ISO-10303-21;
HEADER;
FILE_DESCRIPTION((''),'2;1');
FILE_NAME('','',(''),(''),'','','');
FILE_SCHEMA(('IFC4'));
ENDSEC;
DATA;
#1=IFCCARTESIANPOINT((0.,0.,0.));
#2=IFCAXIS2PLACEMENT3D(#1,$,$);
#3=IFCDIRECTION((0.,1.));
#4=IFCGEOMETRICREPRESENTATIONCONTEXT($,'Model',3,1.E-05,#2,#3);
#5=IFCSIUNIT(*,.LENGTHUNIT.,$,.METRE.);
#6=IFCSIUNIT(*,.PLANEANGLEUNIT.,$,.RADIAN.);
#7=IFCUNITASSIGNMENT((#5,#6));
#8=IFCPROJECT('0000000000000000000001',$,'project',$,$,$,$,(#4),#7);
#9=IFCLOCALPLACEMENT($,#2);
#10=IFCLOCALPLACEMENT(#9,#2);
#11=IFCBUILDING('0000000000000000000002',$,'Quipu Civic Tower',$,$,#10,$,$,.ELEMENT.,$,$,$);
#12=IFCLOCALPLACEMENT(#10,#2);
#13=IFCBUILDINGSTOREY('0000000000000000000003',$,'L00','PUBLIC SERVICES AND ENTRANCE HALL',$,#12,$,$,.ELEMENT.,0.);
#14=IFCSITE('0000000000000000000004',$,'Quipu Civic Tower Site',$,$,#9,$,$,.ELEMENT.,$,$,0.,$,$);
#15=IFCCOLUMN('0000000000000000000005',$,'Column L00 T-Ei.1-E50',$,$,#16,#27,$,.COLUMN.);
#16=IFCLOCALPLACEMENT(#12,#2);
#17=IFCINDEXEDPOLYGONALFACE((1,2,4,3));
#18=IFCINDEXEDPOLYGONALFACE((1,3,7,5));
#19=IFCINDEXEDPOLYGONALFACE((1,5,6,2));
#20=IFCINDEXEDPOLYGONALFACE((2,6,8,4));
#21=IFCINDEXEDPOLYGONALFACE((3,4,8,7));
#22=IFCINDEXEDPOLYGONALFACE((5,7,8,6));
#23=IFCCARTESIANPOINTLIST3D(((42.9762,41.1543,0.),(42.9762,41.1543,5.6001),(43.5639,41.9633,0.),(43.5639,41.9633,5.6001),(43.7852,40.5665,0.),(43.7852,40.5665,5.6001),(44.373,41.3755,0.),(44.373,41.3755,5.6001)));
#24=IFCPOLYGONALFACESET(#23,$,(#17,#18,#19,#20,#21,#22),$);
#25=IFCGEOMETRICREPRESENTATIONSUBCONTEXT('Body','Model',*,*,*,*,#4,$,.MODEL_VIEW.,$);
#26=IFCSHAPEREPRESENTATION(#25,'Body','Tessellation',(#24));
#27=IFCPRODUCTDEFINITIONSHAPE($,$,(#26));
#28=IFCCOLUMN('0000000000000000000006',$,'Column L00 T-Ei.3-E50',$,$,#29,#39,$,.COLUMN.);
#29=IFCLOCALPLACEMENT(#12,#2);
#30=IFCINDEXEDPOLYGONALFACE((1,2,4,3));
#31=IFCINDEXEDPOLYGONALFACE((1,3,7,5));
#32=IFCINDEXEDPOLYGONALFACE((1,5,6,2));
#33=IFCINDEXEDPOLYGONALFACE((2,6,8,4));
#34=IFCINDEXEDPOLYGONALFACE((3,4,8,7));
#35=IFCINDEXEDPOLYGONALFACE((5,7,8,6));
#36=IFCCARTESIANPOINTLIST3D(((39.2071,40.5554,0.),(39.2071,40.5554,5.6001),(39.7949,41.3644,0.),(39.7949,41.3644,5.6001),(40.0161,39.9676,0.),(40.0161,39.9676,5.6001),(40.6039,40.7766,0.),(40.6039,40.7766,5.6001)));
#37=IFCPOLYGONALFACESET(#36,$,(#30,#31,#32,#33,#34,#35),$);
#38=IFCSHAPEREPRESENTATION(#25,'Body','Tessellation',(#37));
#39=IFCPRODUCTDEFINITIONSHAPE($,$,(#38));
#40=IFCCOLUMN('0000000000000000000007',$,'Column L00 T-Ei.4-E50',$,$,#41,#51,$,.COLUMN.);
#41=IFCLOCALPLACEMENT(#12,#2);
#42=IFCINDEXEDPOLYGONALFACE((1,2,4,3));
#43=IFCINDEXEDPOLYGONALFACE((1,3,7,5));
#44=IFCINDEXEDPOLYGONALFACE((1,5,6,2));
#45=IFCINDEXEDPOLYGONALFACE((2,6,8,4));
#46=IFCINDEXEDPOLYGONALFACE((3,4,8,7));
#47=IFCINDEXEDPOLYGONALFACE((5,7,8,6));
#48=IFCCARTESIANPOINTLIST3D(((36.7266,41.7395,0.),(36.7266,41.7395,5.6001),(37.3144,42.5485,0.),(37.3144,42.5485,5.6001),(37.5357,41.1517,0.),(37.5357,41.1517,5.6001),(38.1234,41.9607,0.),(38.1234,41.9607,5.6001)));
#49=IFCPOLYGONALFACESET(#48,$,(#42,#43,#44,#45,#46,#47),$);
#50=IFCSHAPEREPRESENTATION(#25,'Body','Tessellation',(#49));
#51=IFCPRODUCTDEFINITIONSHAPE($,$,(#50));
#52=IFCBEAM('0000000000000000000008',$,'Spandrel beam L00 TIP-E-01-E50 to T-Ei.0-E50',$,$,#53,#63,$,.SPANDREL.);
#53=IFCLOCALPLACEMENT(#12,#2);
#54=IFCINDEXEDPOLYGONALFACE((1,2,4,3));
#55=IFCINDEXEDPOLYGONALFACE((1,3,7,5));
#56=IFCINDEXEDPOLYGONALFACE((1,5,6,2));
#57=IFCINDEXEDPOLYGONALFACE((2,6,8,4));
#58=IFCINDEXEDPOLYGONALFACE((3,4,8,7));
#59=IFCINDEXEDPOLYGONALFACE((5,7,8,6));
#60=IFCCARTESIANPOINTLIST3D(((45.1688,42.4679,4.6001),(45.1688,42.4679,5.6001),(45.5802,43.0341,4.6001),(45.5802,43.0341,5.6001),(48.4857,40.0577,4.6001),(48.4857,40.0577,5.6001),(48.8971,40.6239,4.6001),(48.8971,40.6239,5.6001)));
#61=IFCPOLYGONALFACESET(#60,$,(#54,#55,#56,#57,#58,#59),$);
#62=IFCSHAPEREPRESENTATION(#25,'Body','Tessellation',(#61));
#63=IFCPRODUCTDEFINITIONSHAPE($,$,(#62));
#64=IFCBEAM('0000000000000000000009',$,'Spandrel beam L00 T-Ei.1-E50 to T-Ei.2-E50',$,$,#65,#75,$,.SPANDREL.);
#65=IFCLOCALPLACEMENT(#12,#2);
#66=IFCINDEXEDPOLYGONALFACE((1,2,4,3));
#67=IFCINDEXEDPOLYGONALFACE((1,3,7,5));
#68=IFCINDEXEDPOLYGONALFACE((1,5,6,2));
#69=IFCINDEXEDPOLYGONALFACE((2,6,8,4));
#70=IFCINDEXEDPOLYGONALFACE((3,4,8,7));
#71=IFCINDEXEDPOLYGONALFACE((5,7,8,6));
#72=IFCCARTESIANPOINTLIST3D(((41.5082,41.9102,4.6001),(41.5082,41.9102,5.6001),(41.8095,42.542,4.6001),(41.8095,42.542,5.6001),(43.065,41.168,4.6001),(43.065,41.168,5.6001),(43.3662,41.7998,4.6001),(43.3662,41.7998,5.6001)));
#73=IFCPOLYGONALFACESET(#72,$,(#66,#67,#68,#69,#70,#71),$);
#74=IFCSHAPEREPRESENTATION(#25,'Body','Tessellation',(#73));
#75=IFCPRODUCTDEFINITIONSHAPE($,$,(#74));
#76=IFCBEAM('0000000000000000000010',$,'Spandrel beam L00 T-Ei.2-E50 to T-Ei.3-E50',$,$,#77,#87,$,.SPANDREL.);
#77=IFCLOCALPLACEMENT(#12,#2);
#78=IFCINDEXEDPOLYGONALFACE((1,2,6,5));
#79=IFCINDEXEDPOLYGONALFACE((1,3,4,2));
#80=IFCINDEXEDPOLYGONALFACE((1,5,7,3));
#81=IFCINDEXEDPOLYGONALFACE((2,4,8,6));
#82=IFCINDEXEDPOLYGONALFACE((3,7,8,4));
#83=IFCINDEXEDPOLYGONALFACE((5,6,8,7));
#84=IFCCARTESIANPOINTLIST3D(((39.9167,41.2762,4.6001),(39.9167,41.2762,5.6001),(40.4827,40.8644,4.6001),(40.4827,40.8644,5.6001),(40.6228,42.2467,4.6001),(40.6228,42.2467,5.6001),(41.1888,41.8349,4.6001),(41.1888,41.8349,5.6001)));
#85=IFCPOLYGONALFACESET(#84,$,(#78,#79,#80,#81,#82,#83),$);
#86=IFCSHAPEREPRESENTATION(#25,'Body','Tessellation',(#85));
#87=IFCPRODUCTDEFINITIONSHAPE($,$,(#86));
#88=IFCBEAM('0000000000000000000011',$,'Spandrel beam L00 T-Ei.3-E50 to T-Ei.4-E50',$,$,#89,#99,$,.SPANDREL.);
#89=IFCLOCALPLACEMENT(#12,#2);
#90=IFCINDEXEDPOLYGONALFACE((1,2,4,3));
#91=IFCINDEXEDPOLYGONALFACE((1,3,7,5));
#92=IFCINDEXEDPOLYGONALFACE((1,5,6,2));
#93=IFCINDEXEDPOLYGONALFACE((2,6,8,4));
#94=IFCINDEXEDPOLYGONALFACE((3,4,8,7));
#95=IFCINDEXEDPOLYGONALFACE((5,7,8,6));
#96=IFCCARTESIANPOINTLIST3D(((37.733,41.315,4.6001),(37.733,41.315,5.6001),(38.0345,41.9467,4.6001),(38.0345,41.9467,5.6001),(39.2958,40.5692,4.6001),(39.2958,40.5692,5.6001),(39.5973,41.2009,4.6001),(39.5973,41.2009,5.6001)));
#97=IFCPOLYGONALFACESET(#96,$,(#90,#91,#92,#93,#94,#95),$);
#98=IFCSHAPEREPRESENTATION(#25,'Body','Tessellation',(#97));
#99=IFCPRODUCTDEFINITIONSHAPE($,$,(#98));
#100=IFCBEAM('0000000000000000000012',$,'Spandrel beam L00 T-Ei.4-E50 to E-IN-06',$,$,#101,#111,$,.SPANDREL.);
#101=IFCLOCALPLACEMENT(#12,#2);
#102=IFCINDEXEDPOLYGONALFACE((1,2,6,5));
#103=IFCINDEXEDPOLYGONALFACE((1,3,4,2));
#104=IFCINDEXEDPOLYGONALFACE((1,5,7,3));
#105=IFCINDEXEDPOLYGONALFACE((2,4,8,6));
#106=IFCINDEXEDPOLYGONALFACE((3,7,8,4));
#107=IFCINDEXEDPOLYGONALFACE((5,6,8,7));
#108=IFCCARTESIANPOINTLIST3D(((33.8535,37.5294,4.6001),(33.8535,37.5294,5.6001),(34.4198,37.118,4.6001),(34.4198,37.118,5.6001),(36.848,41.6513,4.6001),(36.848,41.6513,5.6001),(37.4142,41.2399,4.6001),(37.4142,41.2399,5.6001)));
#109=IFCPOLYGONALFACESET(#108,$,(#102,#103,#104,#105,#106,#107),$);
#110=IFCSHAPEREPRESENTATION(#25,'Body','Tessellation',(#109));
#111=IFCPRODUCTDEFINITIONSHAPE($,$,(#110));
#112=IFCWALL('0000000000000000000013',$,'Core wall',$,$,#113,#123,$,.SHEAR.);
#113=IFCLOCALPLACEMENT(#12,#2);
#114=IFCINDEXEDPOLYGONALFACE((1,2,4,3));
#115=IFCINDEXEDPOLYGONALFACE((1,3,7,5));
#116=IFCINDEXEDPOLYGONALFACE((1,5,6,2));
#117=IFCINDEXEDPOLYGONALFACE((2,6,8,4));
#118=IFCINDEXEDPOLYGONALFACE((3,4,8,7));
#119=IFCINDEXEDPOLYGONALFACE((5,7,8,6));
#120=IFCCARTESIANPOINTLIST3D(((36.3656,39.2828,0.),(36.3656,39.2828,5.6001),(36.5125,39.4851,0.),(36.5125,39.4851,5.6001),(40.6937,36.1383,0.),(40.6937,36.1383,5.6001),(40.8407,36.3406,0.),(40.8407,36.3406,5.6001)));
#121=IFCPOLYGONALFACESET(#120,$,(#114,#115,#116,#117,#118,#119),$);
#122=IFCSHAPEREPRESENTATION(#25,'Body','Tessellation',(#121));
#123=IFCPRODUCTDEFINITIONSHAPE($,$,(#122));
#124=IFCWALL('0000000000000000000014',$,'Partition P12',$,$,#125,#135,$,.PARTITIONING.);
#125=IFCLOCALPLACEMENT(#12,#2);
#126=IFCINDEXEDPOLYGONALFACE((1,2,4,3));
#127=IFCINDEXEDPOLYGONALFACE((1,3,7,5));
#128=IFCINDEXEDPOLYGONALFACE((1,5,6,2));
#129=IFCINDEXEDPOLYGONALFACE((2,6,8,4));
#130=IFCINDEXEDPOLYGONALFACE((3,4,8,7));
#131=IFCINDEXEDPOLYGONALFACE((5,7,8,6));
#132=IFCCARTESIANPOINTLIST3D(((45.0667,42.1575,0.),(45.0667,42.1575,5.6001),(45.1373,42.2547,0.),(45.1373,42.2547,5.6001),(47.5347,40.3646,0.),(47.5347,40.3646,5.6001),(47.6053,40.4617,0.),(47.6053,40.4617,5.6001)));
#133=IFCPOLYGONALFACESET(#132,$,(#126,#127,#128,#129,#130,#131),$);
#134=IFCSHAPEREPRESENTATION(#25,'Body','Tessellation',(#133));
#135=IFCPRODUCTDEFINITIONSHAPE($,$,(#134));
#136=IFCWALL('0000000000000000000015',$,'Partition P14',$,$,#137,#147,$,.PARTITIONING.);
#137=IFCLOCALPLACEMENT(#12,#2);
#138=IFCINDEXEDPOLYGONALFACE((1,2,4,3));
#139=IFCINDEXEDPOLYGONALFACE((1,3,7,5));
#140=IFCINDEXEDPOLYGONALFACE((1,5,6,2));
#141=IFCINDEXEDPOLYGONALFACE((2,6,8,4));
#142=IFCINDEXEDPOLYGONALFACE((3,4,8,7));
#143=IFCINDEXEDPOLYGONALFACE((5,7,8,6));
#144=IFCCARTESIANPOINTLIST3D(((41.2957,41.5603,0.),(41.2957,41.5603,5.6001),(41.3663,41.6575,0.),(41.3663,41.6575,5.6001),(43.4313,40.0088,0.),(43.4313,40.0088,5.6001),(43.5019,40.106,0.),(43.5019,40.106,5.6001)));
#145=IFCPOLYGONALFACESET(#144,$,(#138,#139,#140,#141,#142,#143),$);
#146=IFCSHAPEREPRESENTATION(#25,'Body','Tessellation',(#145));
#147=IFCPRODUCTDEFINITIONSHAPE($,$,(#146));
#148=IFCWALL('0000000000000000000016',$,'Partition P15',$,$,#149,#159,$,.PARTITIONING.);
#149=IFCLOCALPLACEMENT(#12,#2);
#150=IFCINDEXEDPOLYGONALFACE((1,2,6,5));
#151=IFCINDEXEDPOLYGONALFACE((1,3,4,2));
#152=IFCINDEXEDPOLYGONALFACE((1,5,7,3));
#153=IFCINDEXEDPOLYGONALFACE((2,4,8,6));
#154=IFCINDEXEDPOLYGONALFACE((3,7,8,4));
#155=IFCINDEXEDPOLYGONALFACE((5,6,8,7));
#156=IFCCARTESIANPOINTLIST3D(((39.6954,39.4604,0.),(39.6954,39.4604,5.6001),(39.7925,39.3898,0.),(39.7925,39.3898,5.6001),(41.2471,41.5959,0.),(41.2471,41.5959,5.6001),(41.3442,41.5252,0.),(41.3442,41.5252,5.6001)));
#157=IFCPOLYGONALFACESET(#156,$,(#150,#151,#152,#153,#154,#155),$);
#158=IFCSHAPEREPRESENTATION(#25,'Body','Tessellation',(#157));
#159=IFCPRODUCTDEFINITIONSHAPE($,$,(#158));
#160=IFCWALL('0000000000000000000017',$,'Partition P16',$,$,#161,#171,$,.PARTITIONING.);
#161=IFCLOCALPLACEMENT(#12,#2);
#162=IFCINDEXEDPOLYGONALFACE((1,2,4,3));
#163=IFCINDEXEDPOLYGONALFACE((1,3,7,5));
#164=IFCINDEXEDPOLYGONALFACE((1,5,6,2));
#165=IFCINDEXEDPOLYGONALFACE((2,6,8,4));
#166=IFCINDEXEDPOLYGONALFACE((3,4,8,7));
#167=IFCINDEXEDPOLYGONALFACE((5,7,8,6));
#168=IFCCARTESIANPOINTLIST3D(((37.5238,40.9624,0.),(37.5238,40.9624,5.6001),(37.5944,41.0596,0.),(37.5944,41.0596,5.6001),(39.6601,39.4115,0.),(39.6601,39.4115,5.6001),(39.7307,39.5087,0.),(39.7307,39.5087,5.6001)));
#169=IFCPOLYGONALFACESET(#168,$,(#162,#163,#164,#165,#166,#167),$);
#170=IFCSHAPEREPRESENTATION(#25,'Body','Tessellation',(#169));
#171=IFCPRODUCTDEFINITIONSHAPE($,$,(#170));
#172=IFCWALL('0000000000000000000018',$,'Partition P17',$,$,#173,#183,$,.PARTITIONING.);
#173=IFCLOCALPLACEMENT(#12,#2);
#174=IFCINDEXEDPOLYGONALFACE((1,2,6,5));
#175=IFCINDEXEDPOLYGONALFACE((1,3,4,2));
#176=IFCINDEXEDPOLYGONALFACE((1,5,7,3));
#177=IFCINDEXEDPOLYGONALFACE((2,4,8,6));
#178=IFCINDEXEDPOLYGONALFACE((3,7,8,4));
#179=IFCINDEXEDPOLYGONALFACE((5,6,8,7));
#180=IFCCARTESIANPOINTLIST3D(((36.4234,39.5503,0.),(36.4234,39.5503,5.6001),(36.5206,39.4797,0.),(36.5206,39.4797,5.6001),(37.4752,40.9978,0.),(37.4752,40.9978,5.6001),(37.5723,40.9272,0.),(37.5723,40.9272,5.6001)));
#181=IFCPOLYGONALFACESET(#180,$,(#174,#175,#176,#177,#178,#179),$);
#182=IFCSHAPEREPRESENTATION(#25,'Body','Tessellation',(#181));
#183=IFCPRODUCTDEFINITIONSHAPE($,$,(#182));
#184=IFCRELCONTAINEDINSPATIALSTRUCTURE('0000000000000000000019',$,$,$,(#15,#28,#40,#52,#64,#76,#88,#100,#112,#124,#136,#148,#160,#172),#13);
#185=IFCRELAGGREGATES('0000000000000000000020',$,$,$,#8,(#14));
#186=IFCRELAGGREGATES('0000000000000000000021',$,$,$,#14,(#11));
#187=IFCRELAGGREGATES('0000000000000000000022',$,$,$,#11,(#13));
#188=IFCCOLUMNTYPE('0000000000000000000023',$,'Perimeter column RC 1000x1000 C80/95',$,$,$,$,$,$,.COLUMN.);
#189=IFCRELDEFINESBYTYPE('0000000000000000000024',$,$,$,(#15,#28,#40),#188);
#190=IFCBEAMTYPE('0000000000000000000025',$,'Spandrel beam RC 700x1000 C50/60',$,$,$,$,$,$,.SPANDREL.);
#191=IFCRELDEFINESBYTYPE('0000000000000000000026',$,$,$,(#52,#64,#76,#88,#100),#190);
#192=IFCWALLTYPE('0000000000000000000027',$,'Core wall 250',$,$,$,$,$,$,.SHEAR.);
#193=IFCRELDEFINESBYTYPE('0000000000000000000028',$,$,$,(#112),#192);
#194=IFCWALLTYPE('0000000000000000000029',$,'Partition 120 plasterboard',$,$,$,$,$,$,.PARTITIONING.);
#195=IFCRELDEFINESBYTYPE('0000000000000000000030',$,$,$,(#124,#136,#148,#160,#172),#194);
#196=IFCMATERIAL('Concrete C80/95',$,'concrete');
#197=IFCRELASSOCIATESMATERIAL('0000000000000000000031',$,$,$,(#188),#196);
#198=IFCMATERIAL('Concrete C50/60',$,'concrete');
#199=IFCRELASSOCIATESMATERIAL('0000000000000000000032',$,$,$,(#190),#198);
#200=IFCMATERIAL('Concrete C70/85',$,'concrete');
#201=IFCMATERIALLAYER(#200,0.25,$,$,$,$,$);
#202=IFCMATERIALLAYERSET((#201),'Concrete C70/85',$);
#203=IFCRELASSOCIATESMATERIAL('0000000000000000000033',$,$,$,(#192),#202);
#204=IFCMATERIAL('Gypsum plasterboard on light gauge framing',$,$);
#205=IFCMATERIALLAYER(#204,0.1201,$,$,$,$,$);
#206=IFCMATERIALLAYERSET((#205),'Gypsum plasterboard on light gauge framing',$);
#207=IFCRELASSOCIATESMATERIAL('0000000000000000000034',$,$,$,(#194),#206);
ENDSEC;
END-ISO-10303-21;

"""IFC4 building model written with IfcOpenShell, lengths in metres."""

from ifc_helpers import new_model, si_unit, direction, frame, frame_2d, origin, origin_2d, place, context, subcontext, project, spatial, rectangle, extrude, material, layer, layer_set, material_profile, profile_set, type_object, element, save


model = new_model("IFC4")

# Units and contexts
model_context = context("Model", 3, precision=1e-05, world=origin(), true_north=direction((0.0, 1.0)))
body_context = subcontext(model_context, "Body", "Model", "MODEL_VIEW")
ifc_project = project(units=[si_unit("LENGTHUNIT", "METRE"), si_unit("PLANEANGLEUNIT", "RADIAN")], contexts=[model_context])

# Site, building, storey
site_placement = place(None, origin())
site = spatial("IfcSite", under=ifc_project, at=site_placement, Name="Quipu Civic Tower Site", CompositionType="ELEMENT", RefElevation=0.0)
building_placement = place(site_placement, origin())
building = spatial("IfcBuilding", under=site, at=building_placement, Name="Quipu Civic Tower", CompositionType="ELEMENT")
storey_placement = place(building_placement, origin())
storey = spatial("IfcBuildingStorey", under=building, at=storey_placement, Name="L00", Description="PUBLIC SERVICES AND ENTRANCE HALL", CompositionType="ELEMENT", Elevation=0.0)

# Columns
ifc_material_1 = material(Name="Concrete C80/95", Category="concrete")
ifc_material_profile_1 = material_profile(ifc_material_1, rectangle(XDim=1.0, YDim=1.0, at=origin_2d()), Name="RC1000x1000")
ifc_profile_set_1 = profile_set([ifc_material_profile_1], Name="Concrete C80/95")
column_type = type_object("IfcColumnType", Name="Perimeter column RC 1000x1000 C80/95", PredefinedType="COLUMN", material=ifc_profile_set_1)
for number, where, z_axis, x_axis, name in (
    (1, (43.6746, 41.2649, 0.0), (0.0, 0.0, 1.0), (-0.809017, 0.587785, 0.0), "Column L00 T-Ei.1-E50"),
    (2, (39.9055, 40.666, 0.0), (0.0, 0.0, 1.0), (-0.587785, -0.809017, 0.0), "Column L00 T-Ei.3-E50"),
    (3, (37.425, 41.8501, 0.0), (0.0, 0.0, 1.0), (-0.587785, -0.809017, 0.0), "Column L00 T-Ei.4-E50"),
):
    element("IfcColumn", number, at=place(storey_placement, frame(where, z_axis=z_axis, x_axis=x_axis)), inside=storey, type_object=column_type, Name=name, PredefinedType="COLUMN", context=body_context, shape_type="SweptSolid", body=[
        extrude(rectangle(XDim=1.0, YDim=1.0, at=origin_2d()), origin(), (0.0, 0.0, 1.0), 5.6001),
    ])

# Beams
ifc_material_2 = material(Name="Concrete C50/60", Category="concrete")
ifc_material_profile_2 = material_profile(ifc_material_2, rectangle(XDim=0.7, YDim=1.0, at=origin_2d()), Name="RC700x1000")
ifc_profile_set_2 = profile_set([ifc_material_profile_2], Name="Concrete C50/60")
beam_type = type_object("IfcBeamType", Name="Spandrel beam RC 700x1000 C50/60", PredefinedType="SPANDREL", material=ifc_profile_set_2)
beam_1_placement = place(storey_placement, frame((48.6914, 40.3408, 5.1001), z_axis=(-0.808983, 0.587832, 0.0), x_axis=(-0.587832, -0.808983, 0.0)))
element("IfcBeam", 4, at=beam_1_placement, inside=storey, type_object=beam_type, Name="Spandrel beam L00 TIP-E-01-E50 to T-Ei.0-E50", PredefinedType="SPANDREL", context=body_context, shape_type="SweptSolid", body=[
    extrude(rectangle(XDim=0.7, YDim=1.0, at=origin_2d()), origin(), (0.0, 0.0, 1.0), 4.1001),
])
beam_2_placement = place(storey_placement, frame((43.2156, 41.4839, 5.1001), z_axis=(-0.902651, 0.430373, 0.0), x_axis=(-0.430373, -0.902651, 0.0)))
element("IfcBeam", 5, at=beam_2_placement, inside=storey, type_object=beam_type, Name="Spandrel beam L00 T-Ei.1-E50 to T-Ei.2-E50", PredefinedType="SPANDREL", context=body_context, shape_type="SweptSolid", body=[
    extrude(rectangle(XDim=0.7, YDim=1.0, at=origin_2d()), origin(), (0.0, 0.0, 1.0), 1.7246),
])
beam_3_placement = place(storey_placement, frame((40.9058, 42.0408, 5.1001), z_axis=(-0.588317, -0.808631, 0.0), x_axis=(0.808631, -0.588317, 0.0)))
element("IfcBeam", 6, at=beam_3_placement, inside=storey, type_object=beam_type, Name="Spandrel beam L00 T-Ei.2-E50 to T-Ei.3-E50", PredefinedType="SPANDREL", context=body_context, shape_type="SweptSolid", body=[
    extrude(rectangle(XDim=0.7, YDim=1.0, at=origin_2d()), origin(), (0.0, 0.0, 1.0), 1.2002),
])
beam_4_placement = place(storey_placement, frame((39.4465, 40.885, 5.1001), z_axis=(-0.902482, 0.430727, 0.0), x_axis=(-0.430727, -0.902482, 0.0)))
element("IfcBeam", 7, at=beam_4_placement, inside=storey, type_object=beam_type, Name="Spandrel beam L00 T-Ei.3-E50 to T-Ei.4-E50", PredefinedType="SPANDREL", context=body_context, shape_type="SweptSolid", body=[
    extrude(rectangle(XDim=0.7, YDim=1.0, at=origin_2d()), origin(), (0.0, 0.0, 1.0), 1.7317),
])
beam_5_placement = place(storey_placement, frame((37.1311, 41.4456, 5.1001), z_axis=(-0.587747, -0.809045, 0.0), x_axis=(0.809045, -0.587747, 0.0)))
element("IfcBeam", 8, at=beam_5_placement, inside=storey, type_object=beam_type, Name="Spandrel beam L00 T-Ei.4-E50 to E-IN-06", PredefinedType="SPANDREL", context=body_context, shape_type="SweptSolid", body=[
    extrude(rectangle(XDim=0.7, YDim=1.0, at=origin_2d()), origin(), (0.0, 0.0, 1.0), 5.0947),
])

# Walls
ifc_material_3 = material(Name="Concrete C70/85", Category="concrete")
ifc_layer_1 = layer(ifc_material_3, 0.25)
ifc_layer_set_1 = layer_set([ifc_layer_1], Name="Concrete C70/85")
wall_type_1 = type_object("IfcWallType", Name="Core wall 250", PredefinedType="SHEAR", material=ifc_layer_set_1)
wall_1_placement = place(storey_placement, frame((40.7671, 36.2395, 0.0), z_axis=(0.0, 0.0, 1.0), x_axis=(-0.80902, 0.587781, 0.0)))
element("IfcWall", 9, at=wall_1_placement, inside=storey, type_object=wall_type_1, Name="Core wall", PredefinedType="SHEAR", context=body_context, shape_type="SweptSolid", body=[
    extrude(rectangle(XDim=5.3499, YDim=0.25, at=frame_2d((2.6748, 0.0))), origin(), (0.0, 0.0, 1.0), 5.6001),
])
ifc_material_4 = material(Name="Gypsum plasterboard on light gauge framing")
ifc_layer_2 = layer(ifc_material_4, 0.1201)
ifc_layer_set_2 = layer_set([ifc_layer_2], Name="Gypsum plasterboard on light gauge framing")
wall_type_2 = type_object("IfcWallType", Name="Partition 120 plasterboard", PredefinedType="PARTITIONING", material=ifc_layer_set_2)
wall_2_placement = place(storey_placement, frame((47.5701, 40.4131, 0.0), z_axis=(0.0, 0.0, 1.0), x_axis=(-0.809041, 0.587753, 0.0)))
element("IfcWall", 10, at=wall_2_placement, inside=storey, type_object=wall_type_2, Name="Partition P12", PredefinedType="PARTITIONING", context=body_context, shape_type="SweptSolid", body=[
    extrude(rectangle(XDim=3.0505, YDim=0.1201, at=frame_2d((1.5254, 0.0))), origin(), (0.0, 0.0, 1.0), 5.6001),
])
for number, where, z_axis, x_axis, name in (
    (11, (43.4666, 40.0574, 0.0), (0.0, 0.0, 1.0), (-0.80902, 0.587781, 0.0), "Partition P14"),
    (12, (41.2957, 41.5605, 0.0), (0.0, 0.0, 1.0), (-0.587842, -0.808976, 0.0), "Partition P15"),
):
    element("IfcWall", number, at=place(storey_placement, frame(where, z_axis=z_axis, x_axis=x_axis)), inside=storey, type_object=wall_type_2, Name=name, PredefinedType="PARTITIONING", context=body_context, shape_type="SweptSolid", body=[
        extrude(rectangle(XDim=2.6396, YDim=0.1201, at=frame_2d((1.3198, 0.0))), origin(), (0.0, 0.0, 1.0), 5.6001),
    ])
wall_3_placement = place(storey_placement, frame((39.6953, 39.4602, 0.0), z_axis=(0.0, 0.0, 1.0), x_axis=(-0.809248, 0.587468, 0.0)))
element("IfcWall", 13, at=wall_3_placement, inside=storey, type_object=wall_type_2, Name="Partition P16", PredefinedType="PARTITIONING", context=body_context, shape_type="SweptSolid", body=[
    extrude(rectangle(XDim=2.6399, YDim=0.1201, at=frame_2d((1.3198, 0.0))), origin(), (0.0, 0.0, 1.0), 5.6001),
])
wall_4_placement = place(storey_placement, frame((37.5237, 40.9624, 0.0), z_axis=(0.0, 0.0, 1.0), x_axis=(-0.587815, -0.808996, 0.0)))
element("IfcWall", 14, at=wall_4_placement, inside=storey, type_object=wall_type_2, Name="Partition P17", PredefinedType="PARTITIONING", context=body_context, shape_type="SweptSolid", body=[
    extrude(rectangle(XDim=1.7893, YDim=0.1201, at=frame_2d((0.8945, 0.0))), origin(), (0.0, 0.0, 1.0), 5.6001),
])

save(model, "model.ifc")
